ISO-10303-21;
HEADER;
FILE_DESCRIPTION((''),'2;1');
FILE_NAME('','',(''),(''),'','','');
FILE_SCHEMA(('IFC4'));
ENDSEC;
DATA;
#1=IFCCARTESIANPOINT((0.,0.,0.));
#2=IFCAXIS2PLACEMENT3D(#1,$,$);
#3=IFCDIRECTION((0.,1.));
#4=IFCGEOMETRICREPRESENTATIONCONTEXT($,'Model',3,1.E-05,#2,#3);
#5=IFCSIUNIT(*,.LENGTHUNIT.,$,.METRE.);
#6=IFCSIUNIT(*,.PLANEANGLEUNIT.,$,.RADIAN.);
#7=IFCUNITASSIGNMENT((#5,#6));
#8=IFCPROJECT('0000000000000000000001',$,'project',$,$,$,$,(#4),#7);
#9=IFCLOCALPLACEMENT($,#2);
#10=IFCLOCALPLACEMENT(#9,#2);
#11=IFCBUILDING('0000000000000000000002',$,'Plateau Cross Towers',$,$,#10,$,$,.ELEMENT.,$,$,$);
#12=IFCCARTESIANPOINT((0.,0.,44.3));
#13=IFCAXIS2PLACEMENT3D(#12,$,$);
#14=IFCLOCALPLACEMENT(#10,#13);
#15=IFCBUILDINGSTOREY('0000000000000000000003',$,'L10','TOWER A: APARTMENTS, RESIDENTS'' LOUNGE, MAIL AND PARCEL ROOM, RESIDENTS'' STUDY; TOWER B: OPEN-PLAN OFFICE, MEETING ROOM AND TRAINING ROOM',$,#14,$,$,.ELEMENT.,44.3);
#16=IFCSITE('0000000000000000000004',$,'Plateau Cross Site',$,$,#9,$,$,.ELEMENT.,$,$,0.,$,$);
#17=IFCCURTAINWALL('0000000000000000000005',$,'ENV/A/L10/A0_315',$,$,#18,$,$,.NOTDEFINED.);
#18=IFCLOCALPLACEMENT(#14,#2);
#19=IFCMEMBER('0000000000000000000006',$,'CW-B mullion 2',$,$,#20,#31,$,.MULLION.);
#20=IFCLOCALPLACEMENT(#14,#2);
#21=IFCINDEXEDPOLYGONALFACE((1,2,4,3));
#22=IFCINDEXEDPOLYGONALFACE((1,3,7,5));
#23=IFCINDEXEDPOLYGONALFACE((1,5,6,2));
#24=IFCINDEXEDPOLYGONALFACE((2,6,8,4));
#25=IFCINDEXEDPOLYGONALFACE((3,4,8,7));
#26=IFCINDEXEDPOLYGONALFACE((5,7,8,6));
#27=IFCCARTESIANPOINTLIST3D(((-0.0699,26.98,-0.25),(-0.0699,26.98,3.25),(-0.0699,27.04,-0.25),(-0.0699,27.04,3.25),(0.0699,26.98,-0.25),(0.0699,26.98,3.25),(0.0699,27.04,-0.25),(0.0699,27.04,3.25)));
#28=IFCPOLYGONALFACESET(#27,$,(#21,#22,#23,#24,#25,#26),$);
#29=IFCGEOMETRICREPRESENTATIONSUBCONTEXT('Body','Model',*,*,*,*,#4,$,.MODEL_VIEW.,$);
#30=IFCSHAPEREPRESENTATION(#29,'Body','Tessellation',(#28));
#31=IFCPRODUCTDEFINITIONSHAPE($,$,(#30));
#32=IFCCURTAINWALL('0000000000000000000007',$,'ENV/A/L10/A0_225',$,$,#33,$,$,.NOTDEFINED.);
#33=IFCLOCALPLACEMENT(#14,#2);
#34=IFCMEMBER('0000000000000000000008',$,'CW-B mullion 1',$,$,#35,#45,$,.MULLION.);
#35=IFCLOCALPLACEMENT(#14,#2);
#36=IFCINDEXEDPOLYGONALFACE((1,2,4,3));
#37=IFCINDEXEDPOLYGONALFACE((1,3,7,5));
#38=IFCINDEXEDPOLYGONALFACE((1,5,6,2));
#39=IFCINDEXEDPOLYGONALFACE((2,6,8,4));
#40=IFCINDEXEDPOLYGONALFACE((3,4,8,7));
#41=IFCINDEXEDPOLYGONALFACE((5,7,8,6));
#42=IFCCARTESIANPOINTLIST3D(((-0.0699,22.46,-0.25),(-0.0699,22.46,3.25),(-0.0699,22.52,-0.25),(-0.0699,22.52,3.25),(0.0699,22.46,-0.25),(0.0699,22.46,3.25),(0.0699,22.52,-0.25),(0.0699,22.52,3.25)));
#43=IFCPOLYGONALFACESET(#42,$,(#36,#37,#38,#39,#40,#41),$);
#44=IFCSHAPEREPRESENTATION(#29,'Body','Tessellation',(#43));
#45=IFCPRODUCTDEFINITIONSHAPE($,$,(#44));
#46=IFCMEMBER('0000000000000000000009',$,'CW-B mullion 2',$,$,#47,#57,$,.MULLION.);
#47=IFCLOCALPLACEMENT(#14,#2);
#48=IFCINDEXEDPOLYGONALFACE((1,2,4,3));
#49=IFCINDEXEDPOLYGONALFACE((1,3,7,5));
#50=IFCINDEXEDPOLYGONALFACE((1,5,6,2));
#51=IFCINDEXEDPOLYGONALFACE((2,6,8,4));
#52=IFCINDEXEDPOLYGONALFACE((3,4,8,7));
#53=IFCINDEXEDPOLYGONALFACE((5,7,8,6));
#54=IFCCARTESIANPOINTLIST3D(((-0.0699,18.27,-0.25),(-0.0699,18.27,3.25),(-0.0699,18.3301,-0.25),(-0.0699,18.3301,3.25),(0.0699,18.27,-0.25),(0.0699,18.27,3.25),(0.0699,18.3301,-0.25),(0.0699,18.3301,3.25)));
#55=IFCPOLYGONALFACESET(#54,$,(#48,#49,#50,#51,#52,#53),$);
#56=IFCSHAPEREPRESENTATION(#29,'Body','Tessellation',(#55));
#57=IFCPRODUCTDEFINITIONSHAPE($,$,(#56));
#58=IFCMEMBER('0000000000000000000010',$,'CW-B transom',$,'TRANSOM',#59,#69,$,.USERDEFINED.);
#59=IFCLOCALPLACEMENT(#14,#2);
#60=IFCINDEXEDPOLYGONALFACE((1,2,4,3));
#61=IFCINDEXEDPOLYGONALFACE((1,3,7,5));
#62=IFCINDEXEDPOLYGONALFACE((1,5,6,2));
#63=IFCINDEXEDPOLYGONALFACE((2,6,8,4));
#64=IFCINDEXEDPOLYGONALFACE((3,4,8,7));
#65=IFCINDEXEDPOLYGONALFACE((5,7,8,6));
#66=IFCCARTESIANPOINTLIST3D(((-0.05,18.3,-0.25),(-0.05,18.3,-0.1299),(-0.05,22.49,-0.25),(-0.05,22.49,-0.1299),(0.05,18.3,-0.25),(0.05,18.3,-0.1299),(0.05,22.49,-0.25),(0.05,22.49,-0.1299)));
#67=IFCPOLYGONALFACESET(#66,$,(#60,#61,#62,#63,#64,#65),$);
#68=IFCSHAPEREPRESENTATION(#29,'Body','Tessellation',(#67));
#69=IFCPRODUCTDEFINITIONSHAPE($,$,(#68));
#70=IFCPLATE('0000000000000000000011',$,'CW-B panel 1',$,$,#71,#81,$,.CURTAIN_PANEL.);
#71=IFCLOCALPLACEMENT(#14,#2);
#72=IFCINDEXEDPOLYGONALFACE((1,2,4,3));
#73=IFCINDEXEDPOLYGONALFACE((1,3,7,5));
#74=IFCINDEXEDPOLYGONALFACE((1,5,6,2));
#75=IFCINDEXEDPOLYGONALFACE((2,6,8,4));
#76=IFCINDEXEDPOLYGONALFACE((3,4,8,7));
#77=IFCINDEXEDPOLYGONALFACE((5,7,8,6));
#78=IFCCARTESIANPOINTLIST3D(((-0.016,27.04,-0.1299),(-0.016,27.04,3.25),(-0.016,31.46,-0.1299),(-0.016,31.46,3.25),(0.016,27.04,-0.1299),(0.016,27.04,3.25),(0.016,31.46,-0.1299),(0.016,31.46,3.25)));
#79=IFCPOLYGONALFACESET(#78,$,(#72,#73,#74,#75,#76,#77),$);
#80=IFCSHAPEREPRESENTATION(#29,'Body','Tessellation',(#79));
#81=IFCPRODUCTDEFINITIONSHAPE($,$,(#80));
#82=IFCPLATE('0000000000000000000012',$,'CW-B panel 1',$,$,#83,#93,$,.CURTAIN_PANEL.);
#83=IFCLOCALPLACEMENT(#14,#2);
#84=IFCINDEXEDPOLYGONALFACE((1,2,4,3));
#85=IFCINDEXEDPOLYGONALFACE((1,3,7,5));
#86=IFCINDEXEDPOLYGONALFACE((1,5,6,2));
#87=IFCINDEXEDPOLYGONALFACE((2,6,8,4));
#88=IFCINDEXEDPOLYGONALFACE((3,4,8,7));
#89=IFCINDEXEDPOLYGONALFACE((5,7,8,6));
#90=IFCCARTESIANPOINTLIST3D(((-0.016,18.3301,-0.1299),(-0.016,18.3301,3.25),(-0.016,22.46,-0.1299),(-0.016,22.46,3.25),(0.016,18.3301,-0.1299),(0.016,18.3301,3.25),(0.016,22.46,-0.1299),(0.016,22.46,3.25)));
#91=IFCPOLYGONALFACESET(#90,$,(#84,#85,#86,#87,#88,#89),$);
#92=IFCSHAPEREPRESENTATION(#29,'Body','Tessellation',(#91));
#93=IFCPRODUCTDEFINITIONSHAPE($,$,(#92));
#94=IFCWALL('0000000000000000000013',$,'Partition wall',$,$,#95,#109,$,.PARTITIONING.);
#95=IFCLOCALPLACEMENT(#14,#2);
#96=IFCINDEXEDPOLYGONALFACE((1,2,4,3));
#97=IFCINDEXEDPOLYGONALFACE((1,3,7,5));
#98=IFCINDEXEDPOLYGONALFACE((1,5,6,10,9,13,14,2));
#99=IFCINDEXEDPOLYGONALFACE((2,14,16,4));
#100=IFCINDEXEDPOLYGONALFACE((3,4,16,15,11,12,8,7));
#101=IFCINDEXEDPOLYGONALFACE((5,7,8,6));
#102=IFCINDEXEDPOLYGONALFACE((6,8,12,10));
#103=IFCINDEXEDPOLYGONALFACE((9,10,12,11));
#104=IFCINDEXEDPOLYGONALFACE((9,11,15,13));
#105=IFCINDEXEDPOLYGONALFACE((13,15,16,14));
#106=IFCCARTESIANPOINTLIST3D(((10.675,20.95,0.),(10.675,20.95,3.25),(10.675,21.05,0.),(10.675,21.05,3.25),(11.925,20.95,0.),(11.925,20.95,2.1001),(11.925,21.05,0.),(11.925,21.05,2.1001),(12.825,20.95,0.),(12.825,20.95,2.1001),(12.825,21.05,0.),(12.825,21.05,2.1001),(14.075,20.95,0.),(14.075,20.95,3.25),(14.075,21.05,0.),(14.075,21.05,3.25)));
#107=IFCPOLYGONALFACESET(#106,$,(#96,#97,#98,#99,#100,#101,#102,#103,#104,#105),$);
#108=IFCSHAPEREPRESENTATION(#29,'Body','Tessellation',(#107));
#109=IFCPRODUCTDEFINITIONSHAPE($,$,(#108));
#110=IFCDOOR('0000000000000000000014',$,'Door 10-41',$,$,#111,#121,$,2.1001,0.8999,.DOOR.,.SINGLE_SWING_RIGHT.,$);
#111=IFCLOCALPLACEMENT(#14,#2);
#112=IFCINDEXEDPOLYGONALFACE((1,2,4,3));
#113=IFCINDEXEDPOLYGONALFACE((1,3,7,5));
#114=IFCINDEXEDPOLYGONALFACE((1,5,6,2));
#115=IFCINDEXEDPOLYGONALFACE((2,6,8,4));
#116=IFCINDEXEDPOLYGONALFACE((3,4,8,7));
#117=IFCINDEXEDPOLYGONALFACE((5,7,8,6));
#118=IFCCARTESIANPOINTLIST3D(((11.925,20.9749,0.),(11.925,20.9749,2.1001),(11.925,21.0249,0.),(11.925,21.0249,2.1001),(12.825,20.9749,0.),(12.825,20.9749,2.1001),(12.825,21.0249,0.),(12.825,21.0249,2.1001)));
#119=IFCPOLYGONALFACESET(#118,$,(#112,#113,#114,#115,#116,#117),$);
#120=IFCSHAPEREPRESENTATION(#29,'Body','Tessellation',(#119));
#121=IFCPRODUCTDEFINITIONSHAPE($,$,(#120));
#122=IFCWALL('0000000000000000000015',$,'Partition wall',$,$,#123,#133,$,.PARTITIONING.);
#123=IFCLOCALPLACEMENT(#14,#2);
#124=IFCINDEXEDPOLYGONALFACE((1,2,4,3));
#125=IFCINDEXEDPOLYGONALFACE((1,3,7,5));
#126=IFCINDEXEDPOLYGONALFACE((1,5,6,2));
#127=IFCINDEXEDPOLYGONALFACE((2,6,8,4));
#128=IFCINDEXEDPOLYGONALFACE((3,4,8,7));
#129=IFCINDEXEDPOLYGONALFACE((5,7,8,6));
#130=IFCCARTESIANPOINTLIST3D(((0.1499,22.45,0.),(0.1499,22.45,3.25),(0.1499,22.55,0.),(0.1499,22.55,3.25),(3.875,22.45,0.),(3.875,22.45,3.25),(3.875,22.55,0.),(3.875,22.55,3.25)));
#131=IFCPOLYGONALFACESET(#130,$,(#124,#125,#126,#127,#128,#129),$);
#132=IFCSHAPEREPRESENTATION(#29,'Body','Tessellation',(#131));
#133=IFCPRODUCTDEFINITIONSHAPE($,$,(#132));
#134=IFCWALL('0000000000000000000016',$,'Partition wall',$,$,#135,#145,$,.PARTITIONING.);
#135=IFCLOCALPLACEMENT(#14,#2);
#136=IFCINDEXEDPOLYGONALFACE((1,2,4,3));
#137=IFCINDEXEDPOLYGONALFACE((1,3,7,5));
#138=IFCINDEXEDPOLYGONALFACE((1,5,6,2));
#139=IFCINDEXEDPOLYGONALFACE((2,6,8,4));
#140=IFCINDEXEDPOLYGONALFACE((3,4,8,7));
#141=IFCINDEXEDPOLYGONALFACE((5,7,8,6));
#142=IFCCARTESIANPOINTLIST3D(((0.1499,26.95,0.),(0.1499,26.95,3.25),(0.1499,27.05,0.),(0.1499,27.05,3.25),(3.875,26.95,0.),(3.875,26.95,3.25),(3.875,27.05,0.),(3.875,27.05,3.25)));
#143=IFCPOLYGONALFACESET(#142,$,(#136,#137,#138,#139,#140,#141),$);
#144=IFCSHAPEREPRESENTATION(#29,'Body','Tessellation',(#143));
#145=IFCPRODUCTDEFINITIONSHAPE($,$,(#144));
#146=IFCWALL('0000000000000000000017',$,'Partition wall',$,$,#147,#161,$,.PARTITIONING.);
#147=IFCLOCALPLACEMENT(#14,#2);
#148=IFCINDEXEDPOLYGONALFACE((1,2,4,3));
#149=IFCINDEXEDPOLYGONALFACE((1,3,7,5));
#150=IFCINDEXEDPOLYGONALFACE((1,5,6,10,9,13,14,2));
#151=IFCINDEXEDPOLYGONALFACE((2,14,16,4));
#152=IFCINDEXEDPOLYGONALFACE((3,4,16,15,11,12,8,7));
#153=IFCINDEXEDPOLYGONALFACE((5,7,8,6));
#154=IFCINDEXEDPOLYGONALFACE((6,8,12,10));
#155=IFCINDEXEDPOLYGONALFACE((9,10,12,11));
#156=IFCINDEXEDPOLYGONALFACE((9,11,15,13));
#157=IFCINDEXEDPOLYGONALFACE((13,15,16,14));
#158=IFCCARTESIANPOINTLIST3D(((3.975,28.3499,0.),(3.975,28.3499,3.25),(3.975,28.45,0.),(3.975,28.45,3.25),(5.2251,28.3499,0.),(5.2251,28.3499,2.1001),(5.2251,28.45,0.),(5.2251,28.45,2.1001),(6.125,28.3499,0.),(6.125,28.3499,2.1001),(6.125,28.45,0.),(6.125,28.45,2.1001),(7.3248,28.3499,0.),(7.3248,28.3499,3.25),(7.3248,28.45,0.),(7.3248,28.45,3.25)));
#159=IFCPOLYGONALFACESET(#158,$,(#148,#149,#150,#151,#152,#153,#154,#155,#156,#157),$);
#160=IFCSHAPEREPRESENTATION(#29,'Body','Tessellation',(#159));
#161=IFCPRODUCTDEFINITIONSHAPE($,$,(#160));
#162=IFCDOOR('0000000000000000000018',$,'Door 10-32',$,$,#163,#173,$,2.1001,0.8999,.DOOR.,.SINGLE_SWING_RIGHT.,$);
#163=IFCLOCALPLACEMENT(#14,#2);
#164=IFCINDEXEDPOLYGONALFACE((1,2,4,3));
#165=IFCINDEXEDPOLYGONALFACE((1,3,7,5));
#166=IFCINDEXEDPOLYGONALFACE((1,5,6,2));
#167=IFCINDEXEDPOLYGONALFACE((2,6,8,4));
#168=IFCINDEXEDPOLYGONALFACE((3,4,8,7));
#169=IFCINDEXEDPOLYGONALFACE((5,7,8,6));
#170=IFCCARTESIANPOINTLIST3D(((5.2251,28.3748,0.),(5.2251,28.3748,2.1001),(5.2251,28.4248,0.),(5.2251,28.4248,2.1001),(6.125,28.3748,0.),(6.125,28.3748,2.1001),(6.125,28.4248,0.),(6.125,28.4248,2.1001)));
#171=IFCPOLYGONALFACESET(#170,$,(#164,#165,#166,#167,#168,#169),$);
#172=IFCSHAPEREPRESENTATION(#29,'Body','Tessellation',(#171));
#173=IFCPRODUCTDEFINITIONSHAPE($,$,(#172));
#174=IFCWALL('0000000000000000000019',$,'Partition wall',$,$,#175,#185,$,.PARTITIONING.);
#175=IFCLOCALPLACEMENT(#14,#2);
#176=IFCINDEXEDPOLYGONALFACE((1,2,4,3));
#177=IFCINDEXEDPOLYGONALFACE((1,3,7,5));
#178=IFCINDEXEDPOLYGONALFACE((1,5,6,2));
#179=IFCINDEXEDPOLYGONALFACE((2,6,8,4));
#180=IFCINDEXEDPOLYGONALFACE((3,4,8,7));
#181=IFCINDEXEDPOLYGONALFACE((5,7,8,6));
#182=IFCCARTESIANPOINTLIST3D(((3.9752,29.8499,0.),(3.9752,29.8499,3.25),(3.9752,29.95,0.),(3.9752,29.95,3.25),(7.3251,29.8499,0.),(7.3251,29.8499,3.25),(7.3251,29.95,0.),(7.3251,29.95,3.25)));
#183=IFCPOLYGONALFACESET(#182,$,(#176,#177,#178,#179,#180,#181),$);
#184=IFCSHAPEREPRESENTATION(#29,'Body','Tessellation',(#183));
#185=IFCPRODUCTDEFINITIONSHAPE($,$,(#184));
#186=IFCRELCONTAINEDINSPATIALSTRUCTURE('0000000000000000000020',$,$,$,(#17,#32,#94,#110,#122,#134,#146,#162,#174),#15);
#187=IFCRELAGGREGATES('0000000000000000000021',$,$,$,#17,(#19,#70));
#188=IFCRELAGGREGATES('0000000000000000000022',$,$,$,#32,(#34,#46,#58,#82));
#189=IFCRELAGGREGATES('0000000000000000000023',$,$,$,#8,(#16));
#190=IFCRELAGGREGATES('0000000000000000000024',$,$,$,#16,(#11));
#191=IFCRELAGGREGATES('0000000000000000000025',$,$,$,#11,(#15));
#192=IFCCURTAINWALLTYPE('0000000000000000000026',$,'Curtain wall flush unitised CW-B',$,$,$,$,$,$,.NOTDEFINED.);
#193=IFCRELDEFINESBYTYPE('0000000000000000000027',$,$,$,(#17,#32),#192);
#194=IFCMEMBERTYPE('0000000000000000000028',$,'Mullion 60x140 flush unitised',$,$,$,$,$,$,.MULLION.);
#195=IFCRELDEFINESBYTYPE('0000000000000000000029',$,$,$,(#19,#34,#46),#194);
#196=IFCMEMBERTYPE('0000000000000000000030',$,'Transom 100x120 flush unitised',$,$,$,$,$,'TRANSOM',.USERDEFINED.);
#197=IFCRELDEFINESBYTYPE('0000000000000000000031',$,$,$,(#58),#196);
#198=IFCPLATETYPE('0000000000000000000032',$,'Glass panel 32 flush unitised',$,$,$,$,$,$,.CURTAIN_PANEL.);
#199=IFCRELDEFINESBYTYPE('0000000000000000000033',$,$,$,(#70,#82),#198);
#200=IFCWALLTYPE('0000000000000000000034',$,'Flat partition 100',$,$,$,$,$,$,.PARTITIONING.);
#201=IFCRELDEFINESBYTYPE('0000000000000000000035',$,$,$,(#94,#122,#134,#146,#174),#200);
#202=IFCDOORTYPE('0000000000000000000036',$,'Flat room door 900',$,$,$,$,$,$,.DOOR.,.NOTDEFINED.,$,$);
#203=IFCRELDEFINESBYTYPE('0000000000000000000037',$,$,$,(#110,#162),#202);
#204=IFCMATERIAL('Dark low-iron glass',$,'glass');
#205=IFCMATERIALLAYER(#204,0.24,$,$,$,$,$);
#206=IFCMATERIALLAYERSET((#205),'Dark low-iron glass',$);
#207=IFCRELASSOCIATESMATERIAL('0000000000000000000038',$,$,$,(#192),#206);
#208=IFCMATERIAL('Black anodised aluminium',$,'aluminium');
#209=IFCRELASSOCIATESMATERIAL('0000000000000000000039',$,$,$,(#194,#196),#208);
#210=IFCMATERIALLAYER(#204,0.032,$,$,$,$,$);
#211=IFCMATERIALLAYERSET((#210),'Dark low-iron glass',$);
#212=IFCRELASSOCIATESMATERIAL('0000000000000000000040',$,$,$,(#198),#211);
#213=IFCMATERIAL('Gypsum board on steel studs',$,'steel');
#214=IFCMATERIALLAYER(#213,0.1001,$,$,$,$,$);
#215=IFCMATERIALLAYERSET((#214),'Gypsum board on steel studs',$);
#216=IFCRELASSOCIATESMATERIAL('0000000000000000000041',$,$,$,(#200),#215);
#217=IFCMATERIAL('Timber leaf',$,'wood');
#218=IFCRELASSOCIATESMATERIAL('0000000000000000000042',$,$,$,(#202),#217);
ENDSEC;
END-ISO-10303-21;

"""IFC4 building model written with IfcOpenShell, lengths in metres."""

from ifc_helpers import new_model, si_unit, direction, frame, frame_2d, origin, origin_2d, place, context, subcontext, project, spatial, rectangle, extrude, material, layer, layer_set, material_profile, profile_set, type_object, element, fill, aggregate, save


model = new_model("IFC4")

# Units and contexts
model_context = context("Model", 3, precision=1e-05, world=origin(), true_north=direction((0.0, 1.0)))
body_context = subcontext(model_context, "Body", "Model", "MODEL_VIEW")
ifc_project = project(units=[si_unit("LENGTHUNIT", "METRE"), si_unit("PLANEANGLEUNIT", "RADIAN")], contexts=[model_context])

# Site, building, storey
site_placement = place(None, origin())
site = spatial("IfcSite", under=ifc_project, at=site_placement, Name="Plateau Cross Site", CompositionType="ELEMENT", RefElevation=0.0)
building_placement = place(site_placement, origin())
building = spatial("IfcBuilding", under=site, at=building_placement, Name="Plateau Cross Towers", CompositionType="ELEMENT")
storey_placement = place(building_placement, frame((0.0, 0.0, 44.3)))
storey = spatial("IfcBuildingStorey", under=building, at=storey_placement, Name="L10", Description="TOWER A: APARTMENTS, RESIDENTS' LOUNGE, MAIL AND PARCEL ROOM, RESIDENTS' STUDY; TOWER B: OPEN-PLAN OFFICE, MEETING ROOM AND TRAINING ROOM", CompositionType="ELEMENT", Elevation=44.3)

# Curtain wall, member
ifc_material_1 = material(Name="Dark low-iron glass", Category="glass")
ifc_layer_1 = layer(ifc_material_1, 0.24)
ifc_layer_set_1 = layer_set([ifc_layer_1], Name="Dark low-iron glass")
curtain_wall_type = type_object("IfcCurtainWallType", Name="Curtain wall flush unitised CW-B", PredefinedType="NOTDEFINED", material=ifc_layer_set_1)
curtain_wall_1_placement = place(storey_placement, origin())
curtain_wall_1 = element("IfcCurtainWall", 1, at=curtain_wall_1_placement, inside=storey, type_object=curtain_wall_type, Name="ENV/A/L10/A0_315", PredefinedType="NOTDEFINED")
ifc_material_2 = material(Name="Black anodised aluminium", Category="aluminium")
ifc_material_profile_1 = material_profile(ifc_material_2, rectangle(XDim=0.0601, YDim=0.1399, at=origin_2d()), Name="MULLION 60x140")
ifc_profile_set_1 = profile_set([ifc_material_profile_1], Name="Black anodised aluminium")
member_type_1 = type_object("IfcMemberType", Name="Mullion 60x140 flush unitised", PredefinedType="MULLION", material=ifc_profile_set_1)
member_1_placement = place(storey_placement, frame((0.0, 27.01, -0.25), z_axis=(0.0, 0.0, 1.0), x_axis=(0.0, -1.0, 0.0)))
member_1 = element("IfcMember", 2, at=member_1_placement, type_object=member_type_1, Name="CW-B mullion 2", PredefinedType="MULLION", context=body_context, shape_type="SweptSolid", body=[
    extrude(rectangle(XDim=0.0601, YDim=0.1399, at=origin_2d()), origin(), (0.0, 0.0, 1.0), 3.5),
])

# Curtain wall, members
curtain_wall_2_placement = place(storey_placement, origin())
curtain_wall_2 = element("IfcCurtainWall", 3, at=curtain_wall_2_placement, inside=storey, type_object=curtain_wall_type, Name="ENV/A/L10/A0_225", PredefinedType="NOTDEFINED")
member_2_placement = place(storey_placement, frame((0.0, 22.49, -0.25), z_axis=(0.0, 0.0, 1.0), x_axis=(0.0, -1.0, 0.0)))
member_2 = element("IfcMember", 4, at=member_2_placement, type_object=member_type_1, Name="CW-B mullion 1", PredefinedType="MULLION", context=body_context, shape_type="SweptSolid", body=[
    extrude(rectangle(XDim=0.0601, YDim=0.1399, at=origin_2d()), origin(), (0.0, 0.0, 1.0), 3.5),
])
member_3_placement = place(storey_placement, frame((0.0, 18.3, -0.25), z_axis=(0.0, 0.0, 1.0), x_axis=(0.0, -1.0, 0.0)))
member_3 = element("IfcMember", 5, at=member_3_placement, type_object=member_type_1, Name="CW-B mullion 2", PredefinedType="MULLION", context=body_context, shape_type="SweptSolid", body=[
    extrude(rectangle(XDim=0.0601, YDim=0.1399, at=origin_2d()), origin(), (0.0, 0.0, 1.0), 3.5),
])
ifc_material_profile_2 = material_profile(ifc_material_2, rectangle(XDim=0.1001, YDim=0.1201, at=origin_2d()), Name="TRANSOM 100x120")
ifc_profile_set_2 = profile_set([ifc_material_profile_2], Name="Black anodised aluminium")
member_type_2 = type_object("IfcMemberType", Name="Transom 100x120 flush unitised", ElementType="TRANSOM", PredefinedType="USERDEFINED", material=ifc_profile_set_2)
member_4_placement = place(storey_placement, frame((0.0, 22.49, -0.1899), z_axis=(0.0, -1.0, 0.0), x_axis=(1.0, 0.0, 0.0)))
member_4 = element("IfcMember", 6, at=member_4_placement, type_object=member_type_2, Name="CW-B transom", ObjectType="TRANSOM", PredefinedType="USERDEFINED", context=body_context, shape_type="SweptSolid", body=[
    extrude(rectangle(XDim=0.1001, YDim=0.1201, at=origin_2d()), origin(), (0.0, 0.0, 1.0), 4.1899),
])

# Plates
ifc_layer_2 = layer(ifc_material_1, 0.032)
ifc_layer_set_2 = layer_set([ifc_layer_2], Name="Dark low-iron glass")
plate_type = type_object("IfcPlateType", Name="Glass panel 32 flush unitised", PredefinedType="CURTAIN_PANEL", material=ifc_layer_set_2)
plate_1_placement = place(storey_placement, frame((0.0, 29.25, -0.1299), z_axis=(0.0, 0.0, 1.0), x_axis=(0.0, -1.0, 0.0)))
plate_1 = element("IfcPlate", 7, at=plate_1_placement, type_object=plate_type, Name="CW-B panel 1", PredefinedType="CURTAIN_PANEL", context=body_context, shape_type="SweptSolid", body=[
    extrude(rectangle(XDim=4.4199, YDim=0.032, at=origin_2d()), origin(), (0.0, 0.0, 1.0), 3.3799),
])
aggregate(curtain_wall_1, [member_1, plate_1])
plate_2_placement = place(storey_placement, frame((0.0, 20.395, -0.1299), z_axis=(0.0, 0.0, 1.0), x_axis=(0.0, -1.0, 0.0)))
plate_2 = element("IfcPlate", 8, at=plate_2_placement, type_object=plate_type, Name="CW-B panel 1", PredefinedType="CURTAIN_PANEL", context=body_context, shape_type="SweptSolid", body=[
    extrude(rectangle(XDim=4.1299, YDim=0.032, at=origin_2d()), origin(), (0.0, 0.0, 1.0), 3.3799),
])
aggregate(curtain_wall_2, [member_2, member_3, member_4, plate_2])

# Wall, opening, door
ifc_material_3 = material(Name="Gypsum board on steel studs", Category="steel")
ifc_layer_3 = layer(ifc_material_3, 0.1001)
ifc_layer_set_3 = layer_set([ifc_layer_3], Name="Gypsum board on steel studs")
wall_type_1 = type_object("IfcWallType", Name="Flat partition 100", PredefinedType="PARTITIONING", material=ifc_layer_set_3)
wall_1_placement = place(storey_placement, frame((10.675, 21.0, 0.0), z_axis=(0.0, 0.0, 1.0), x_axis=(1.0, 0.0, 0.0)))
wall_1 = element("IfcWall", 9, at=wall_1_placement, inside=storey, type_object=wall_type_1, Name="Partition wall", PredefinedType="PARTITIONING", context=body_context, shape_type="SweptSolid", body=[
    extrude(rectangle(XDim=3.3999, YDim=0.1001, at=frame_2d((1.7, 0.0))), origin(), (0.0, 0.0, 1.0), 3.25),
])
opening_1_placement = place(wall_1_placement, frame((1.25, 0.0, 0.0)))
opening_1 = element("IfcOpeningElement", 10, at=opening_1_placement, cuts=wall_1, PredefinedType="OPENING", context=body_context, shape_type="SweptSolid", body=[
    extrude(rectangle(XDim=0.8999, YDim=2.1001, at=frame_2d((0.45, 1.05))), frame((0.0, 0.0601, 0.0), z_axis=(0.0, -1.0, 0.0), x_axis=(1.0, 0.0, 0.0)), (0.0, 0.0, 1.0), 0.1201),
])
ifc_material_4 = material(Name="Timber leaf", Category="wood")
door_type_1 = type_object("IfcDoorType", Name="Flat room door 900", OperationType="NOTDEFINED", PredefinedType="DOOR", material=ifc_material_4)
door_1_placement = place(opening_1_placement, origin())
door_1 = element("IfcDoor", 11, at=door_1_placement, inside=storey, type_object=door_type_1, Name="Door 10-41", OperationType="SINGLE_SWING_RIGHT", OverallHeight=2.1001, OverallWidth=0.8999, PredefinedType="DOOR", context=body_context, shape_type="SweptSolid", body=[
    extrude(rectangle(XDim=0.8999, YDim=2.1001, at=frame_2d((0.45, 1.05))), frame((0.0, 0.0249, 0.0), z_axis=(0.0, -1.0, 0.0), x_axis=(1.0, 0.0, 0.0)), (0.0, 0.0, 1.0), 0.05),
])
fill(opening_1, door_1)

# Walls
for number, where, z_axis, x_axis, name in (
    (12, (3.875, 22.5, 0.0), (0.0, 0.0, 1.0), (-1.0, 0.0, 0.0), "Partition wall"),
    (13, (3.875, 27.0, 0.0), (0.0, 0.0, 1.0), (-1.0, 0.0, 0.0), "Partition wall"),
):
    element("IfcWall", number, at=place(storey_placement, frame(where, z_axis=z_axis, x_axis=x_axis)), inside=storey, type_object=wall_type_1, Name=name, PredefinedType="PARTITIONING", context=body_context, shape_type="SweptSolid", body=[
        extrude(rectangle(XDim=3.7251, YDim=0.1001, at=frame_2d((1.8625, 0.0))), origin(), (0.0, 0.0, 1.0), 3.25),
    ])

# Wall, opening, door
wall_2_placement = place(storey_placement, frame((3.9751, 28.3999, 0.0), z_axis=(0.0, 0.0, 1.0), x_axis=(1.0, 0.0, 0.0)))
wall_2 = element("IfcWall", 14, at=wall_2_placement, inside=storey, type_object=wall_type_1, Name="Partition wall", PredefinedType="PARTITIONING", context=body_context, shape_type="SweptSolid", body=[
    extrude(rectangle(XDim=3.3499, YDim=0.1001, at=frame_2d((1.6748, 0.0))), origin(), (0.0, 0.0, 1.0), 3.25),
])
opening_2_placement = place(wall_2_placement, frame((1.25, 0.0, 0.0)))
opening_2 = element("IfcOpeningElement", 15, at=opening_2_placement, cuts=wall_2, PredefinedType="OPENING", context=body_context, shape_type="SweptSolid", body=[
    extrude(rectangle(XDim=0.8999, YDim=2.1001, at=frame_2d((0.45, 1.05))), frame((0.0, 0.0601, 0.0), z_axis=(0.0, -1.0, 0.0), x_axis=(1.0, 0.0, 0.0)), (0.0, 0.0, 1.0), 0.1201),
])
door_2_placement = place(opening_2_placement, origin())
door_2 = element("IfcDoor", 16, at=door_2_placement, inside=storey, type_object=door_type_1, Name="Door 10-32", OperationType="SINGLE_SWING_RIGHT", OverallHeight=2.1001, OverallWidth=0.8999, PredefinedType="DOOR", context=body_context, shape_type="SweptSolid", body=[
    extrude(rectangle(XDim=0.8999, YDim=2.1001, at=frame_2d((0.45, 1.05))), frame((0.0, 0.0249, 0.0), z_axis=(0.0, -1.0, 0.0), x_axis=(1.0, 0.0, 0.0)), (0.0, 0.0, 1.0), 0.05),
])
fill(opening_2, door_2)

# Wall
wall_3_placement = place(storey_placement, frame((7.325, 29.8999, 0.0), z_axis=(0.0, 0.0, 1.0), x_axis=(-1.0, 0.0, 0.0)))
element("IfcWall", 17, at=wall_3_placement, inside=storey, type_object=wall_type_1, Name="Partition wall", PredefinedType="PARTITIONING", context=body_context, shape_type="SweptSolid", body=[
    extrude(rectangle(XDim=3.3499, YDim=0.1001, at=frame_2d((1.6748, 0.0))), origin(), (0.0, 0.0, 1.0), 3.25),
])

save(model, "model.ifc")
